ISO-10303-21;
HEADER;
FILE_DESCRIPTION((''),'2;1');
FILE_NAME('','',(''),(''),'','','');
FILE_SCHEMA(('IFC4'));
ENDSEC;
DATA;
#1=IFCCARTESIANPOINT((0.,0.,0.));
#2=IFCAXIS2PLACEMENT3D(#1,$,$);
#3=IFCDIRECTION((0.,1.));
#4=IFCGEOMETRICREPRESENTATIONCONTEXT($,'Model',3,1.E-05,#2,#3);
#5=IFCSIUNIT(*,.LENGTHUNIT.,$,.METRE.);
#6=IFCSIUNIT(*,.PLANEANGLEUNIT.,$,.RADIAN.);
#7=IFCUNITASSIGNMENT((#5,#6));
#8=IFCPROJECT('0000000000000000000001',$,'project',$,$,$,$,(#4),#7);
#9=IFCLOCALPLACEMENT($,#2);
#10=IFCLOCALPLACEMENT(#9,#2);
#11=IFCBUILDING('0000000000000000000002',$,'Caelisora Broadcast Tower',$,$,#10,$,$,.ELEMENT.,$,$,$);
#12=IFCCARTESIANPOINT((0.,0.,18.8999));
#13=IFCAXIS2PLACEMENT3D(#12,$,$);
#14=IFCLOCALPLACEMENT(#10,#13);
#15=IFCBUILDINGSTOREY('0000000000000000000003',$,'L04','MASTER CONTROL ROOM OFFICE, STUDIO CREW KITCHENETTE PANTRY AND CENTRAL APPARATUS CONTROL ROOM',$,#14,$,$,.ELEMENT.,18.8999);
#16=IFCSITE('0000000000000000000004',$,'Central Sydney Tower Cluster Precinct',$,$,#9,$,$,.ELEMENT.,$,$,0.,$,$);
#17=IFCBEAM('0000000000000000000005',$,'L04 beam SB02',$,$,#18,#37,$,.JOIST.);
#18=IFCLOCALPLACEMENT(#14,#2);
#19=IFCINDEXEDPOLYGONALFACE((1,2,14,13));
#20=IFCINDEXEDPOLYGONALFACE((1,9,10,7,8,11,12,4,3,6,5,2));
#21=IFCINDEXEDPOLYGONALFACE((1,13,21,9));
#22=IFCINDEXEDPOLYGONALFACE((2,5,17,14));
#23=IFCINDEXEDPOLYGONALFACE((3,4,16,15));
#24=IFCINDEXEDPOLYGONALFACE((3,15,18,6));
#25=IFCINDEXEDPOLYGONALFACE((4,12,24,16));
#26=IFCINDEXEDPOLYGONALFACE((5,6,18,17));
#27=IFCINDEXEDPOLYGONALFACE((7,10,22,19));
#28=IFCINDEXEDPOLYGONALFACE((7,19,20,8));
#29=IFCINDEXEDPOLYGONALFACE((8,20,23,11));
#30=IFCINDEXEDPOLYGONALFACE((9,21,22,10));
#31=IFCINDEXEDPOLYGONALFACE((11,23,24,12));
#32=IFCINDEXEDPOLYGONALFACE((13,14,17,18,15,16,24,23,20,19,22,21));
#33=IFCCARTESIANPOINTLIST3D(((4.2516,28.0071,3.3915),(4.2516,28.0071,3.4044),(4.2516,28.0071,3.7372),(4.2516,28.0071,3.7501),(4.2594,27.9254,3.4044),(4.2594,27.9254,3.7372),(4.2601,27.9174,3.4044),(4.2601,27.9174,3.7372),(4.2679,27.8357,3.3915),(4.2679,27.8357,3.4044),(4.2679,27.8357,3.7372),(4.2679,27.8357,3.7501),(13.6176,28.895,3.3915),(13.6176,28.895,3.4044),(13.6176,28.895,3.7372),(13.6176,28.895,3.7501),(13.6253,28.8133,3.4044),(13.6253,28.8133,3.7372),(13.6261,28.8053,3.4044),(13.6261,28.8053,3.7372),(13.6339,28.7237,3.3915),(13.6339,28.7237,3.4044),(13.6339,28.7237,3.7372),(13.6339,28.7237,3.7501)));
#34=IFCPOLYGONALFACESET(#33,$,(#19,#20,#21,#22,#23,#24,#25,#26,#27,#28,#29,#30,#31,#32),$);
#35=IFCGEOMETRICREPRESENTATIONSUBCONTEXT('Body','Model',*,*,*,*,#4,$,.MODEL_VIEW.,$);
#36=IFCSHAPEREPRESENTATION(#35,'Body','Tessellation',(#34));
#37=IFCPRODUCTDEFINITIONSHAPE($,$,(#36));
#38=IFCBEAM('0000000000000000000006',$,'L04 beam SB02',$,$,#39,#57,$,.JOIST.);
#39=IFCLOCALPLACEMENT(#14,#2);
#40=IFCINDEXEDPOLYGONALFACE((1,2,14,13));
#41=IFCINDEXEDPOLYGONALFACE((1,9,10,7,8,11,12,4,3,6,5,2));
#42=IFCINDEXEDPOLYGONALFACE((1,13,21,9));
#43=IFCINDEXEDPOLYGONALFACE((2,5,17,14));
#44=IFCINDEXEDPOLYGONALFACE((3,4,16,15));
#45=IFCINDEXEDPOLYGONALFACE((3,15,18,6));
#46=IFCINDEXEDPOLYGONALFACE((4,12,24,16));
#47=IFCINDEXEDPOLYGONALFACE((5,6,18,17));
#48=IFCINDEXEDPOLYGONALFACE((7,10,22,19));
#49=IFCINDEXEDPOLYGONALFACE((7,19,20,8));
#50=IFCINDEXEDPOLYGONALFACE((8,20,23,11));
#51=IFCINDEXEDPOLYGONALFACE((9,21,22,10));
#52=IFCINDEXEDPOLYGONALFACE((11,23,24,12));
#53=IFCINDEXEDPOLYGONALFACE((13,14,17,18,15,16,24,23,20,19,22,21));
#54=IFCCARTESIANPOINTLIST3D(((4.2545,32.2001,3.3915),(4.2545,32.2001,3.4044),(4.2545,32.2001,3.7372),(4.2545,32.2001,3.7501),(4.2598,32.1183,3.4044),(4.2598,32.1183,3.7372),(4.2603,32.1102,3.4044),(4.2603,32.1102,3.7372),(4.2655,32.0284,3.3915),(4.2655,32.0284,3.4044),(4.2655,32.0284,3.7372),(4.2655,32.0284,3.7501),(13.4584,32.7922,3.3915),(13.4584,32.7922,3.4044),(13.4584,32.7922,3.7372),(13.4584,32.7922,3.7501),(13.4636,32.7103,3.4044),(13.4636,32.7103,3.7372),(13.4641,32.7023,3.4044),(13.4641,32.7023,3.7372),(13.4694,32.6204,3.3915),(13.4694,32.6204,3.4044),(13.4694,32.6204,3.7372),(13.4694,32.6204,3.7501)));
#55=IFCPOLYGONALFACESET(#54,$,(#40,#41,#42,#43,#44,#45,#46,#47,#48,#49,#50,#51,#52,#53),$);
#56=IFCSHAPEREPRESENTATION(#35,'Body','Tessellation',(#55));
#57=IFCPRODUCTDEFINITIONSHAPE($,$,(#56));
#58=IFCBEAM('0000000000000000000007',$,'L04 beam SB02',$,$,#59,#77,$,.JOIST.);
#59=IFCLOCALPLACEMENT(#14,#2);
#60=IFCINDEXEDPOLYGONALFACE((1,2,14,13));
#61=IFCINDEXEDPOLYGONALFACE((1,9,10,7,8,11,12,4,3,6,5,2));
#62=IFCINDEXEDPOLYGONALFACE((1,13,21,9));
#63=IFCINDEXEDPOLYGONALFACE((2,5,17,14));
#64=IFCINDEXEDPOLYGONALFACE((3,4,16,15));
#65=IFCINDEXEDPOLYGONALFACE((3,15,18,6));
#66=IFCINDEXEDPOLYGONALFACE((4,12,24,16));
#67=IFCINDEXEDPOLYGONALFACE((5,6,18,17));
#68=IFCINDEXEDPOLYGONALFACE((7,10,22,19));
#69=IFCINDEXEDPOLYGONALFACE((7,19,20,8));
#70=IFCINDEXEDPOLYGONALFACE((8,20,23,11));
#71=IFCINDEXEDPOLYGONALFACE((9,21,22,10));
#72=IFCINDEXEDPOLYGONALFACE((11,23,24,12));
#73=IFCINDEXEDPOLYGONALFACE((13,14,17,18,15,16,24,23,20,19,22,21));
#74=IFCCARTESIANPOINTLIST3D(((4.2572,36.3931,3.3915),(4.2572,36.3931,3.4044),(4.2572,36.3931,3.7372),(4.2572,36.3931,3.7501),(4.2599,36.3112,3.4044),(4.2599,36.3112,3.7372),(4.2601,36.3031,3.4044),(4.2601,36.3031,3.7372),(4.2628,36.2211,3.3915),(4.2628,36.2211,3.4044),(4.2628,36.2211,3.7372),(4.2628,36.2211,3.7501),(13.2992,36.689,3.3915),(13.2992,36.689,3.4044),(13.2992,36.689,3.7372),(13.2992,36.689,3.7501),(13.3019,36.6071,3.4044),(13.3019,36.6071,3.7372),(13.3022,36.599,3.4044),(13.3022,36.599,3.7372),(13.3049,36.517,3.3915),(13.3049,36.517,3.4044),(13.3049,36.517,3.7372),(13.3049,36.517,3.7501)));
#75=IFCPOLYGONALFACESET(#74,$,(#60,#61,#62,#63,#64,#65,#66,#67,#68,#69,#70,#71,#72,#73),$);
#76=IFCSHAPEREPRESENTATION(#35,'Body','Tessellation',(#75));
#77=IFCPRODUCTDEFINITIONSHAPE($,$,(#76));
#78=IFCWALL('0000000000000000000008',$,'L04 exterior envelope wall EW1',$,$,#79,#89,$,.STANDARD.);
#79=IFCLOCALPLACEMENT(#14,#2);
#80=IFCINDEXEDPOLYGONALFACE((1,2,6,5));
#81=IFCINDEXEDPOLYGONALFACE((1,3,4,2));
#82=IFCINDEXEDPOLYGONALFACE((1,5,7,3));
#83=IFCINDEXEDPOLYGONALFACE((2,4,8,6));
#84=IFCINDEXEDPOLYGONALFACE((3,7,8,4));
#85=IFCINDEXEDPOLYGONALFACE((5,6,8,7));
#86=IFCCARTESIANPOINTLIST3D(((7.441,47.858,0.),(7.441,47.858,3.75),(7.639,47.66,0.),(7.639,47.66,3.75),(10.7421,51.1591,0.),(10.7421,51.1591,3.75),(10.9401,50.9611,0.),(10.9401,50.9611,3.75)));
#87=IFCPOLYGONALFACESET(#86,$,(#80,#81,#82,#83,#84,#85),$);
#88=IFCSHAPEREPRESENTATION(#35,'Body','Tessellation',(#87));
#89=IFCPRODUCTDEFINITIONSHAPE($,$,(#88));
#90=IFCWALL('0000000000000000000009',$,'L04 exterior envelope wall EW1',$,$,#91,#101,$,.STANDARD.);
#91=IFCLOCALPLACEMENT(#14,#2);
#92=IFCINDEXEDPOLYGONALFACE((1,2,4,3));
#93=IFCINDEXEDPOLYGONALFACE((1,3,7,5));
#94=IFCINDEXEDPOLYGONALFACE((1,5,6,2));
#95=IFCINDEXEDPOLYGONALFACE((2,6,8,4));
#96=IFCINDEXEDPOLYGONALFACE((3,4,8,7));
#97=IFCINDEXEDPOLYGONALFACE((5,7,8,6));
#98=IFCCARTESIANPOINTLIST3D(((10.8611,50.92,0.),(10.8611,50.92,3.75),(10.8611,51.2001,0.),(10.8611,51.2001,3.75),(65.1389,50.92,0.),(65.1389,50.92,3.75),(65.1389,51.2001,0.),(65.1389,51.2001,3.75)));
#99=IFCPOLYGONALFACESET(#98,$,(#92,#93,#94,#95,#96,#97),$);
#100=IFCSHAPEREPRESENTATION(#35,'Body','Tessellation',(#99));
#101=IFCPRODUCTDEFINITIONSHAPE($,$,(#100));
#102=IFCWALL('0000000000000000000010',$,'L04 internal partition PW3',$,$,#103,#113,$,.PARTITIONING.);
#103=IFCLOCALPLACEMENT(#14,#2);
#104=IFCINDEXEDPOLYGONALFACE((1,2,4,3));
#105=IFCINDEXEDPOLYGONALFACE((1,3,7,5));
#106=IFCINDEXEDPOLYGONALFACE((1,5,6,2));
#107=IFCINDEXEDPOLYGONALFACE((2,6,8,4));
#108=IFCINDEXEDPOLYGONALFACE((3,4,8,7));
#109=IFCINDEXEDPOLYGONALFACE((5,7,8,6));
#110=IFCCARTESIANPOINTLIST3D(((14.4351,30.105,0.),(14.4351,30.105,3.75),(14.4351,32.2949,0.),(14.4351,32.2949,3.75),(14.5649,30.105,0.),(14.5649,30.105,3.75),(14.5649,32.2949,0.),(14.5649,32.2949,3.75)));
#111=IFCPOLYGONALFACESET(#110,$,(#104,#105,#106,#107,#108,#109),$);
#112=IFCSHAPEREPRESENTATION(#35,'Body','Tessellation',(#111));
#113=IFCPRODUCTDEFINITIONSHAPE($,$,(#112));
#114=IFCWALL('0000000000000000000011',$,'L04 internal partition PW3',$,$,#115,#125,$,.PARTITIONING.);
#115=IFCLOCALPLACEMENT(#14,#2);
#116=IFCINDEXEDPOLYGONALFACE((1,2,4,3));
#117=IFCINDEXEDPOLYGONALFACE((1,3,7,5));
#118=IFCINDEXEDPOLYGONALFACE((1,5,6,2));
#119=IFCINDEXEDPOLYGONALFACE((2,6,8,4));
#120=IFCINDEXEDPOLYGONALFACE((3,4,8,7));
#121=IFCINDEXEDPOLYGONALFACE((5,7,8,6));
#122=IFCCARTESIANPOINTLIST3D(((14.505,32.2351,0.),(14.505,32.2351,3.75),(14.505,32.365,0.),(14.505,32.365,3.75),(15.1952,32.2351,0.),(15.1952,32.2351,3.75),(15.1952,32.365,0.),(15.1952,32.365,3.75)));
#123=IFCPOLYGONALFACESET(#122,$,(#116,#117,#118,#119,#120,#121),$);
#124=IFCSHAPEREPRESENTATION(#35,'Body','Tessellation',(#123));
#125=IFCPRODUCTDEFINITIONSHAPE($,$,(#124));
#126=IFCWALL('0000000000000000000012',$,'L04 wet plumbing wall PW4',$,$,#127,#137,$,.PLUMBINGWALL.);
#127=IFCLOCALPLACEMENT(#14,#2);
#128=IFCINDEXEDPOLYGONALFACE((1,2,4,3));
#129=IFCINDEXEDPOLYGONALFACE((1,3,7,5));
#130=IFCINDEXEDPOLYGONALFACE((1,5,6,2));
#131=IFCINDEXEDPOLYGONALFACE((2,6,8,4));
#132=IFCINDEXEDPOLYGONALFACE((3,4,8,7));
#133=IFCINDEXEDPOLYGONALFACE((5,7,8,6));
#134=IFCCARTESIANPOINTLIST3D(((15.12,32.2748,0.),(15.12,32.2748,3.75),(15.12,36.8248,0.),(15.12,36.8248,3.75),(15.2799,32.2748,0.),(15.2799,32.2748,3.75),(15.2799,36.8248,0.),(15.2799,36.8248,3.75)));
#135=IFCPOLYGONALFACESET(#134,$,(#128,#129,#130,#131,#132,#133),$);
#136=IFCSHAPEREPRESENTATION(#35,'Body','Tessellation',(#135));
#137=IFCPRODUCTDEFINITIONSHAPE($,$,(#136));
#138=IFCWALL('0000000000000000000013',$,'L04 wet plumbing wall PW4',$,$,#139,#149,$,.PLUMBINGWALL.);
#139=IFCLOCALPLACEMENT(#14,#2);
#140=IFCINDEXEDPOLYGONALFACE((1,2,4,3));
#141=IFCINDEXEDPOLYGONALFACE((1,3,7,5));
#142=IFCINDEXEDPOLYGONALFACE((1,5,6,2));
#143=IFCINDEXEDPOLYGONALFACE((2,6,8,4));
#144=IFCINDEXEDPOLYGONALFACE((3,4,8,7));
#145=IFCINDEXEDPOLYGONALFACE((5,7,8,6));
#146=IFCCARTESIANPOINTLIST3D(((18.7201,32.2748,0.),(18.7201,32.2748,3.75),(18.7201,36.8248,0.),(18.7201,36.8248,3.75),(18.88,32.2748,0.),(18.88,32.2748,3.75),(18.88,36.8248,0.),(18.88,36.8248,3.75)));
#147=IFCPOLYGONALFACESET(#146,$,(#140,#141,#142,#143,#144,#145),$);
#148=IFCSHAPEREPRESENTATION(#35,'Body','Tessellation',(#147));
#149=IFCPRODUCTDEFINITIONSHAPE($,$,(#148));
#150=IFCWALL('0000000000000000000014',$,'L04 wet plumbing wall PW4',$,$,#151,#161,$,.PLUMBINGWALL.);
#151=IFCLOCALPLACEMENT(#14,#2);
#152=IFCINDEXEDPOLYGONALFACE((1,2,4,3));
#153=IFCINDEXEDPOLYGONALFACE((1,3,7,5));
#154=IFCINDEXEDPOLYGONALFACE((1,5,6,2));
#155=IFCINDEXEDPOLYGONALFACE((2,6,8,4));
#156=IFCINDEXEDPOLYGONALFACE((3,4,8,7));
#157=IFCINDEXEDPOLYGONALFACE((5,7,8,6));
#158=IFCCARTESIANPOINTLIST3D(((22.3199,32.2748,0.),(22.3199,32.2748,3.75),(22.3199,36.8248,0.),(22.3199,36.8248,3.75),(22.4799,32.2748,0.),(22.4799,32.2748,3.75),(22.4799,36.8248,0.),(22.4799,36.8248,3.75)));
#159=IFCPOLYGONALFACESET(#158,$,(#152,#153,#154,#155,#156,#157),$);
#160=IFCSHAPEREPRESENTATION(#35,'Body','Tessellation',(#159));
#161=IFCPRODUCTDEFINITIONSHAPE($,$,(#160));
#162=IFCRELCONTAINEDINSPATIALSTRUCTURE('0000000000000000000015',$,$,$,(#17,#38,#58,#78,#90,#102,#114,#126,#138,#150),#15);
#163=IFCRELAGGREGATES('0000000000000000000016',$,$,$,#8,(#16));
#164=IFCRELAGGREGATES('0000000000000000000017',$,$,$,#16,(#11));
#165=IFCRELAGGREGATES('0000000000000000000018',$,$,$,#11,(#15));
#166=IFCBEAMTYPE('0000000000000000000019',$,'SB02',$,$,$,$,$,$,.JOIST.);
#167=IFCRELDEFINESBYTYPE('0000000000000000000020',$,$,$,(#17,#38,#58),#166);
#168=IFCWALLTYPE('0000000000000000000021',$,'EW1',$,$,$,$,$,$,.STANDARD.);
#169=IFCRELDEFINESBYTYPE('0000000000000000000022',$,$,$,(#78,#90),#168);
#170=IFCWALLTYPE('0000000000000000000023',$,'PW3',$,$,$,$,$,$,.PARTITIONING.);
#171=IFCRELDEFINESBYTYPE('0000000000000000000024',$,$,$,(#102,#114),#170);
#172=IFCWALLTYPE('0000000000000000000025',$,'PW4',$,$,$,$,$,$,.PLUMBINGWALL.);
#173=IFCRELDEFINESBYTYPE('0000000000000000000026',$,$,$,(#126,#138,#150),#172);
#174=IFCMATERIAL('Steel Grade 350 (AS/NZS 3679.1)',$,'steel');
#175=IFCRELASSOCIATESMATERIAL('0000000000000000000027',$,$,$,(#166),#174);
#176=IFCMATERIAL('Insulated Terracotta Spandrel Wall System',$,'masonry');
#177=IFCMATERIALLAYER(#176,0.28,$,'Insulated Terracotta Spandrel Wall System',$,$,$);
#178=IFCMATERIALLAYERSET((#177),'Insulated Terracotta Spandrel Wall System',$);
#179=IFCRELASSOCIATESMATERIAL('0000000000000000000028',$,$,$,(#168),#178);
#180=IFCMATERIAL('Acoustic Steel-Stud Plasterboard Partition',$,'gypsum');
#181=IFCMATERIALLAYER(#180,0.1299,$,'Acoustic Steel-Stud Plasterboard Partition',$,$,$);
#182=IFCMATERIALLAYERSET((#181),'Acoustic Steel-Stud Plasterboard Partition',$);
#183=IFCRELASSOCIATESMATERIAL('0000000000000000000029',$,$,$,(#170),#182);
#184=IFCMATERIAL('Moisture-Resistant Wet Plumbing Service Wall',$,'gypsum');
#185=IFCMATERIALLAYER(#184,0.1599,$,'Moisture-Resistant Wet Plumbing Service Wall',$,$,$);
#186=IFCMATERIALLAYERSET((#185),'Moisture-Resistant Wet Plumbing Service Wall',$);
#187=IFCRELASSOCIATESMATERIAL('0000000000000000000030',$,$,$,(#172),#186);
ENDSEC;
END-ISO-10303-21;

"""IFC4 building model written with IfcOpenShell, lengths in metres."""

from ifc_helpers import new_model, si_unit, direction, frame, frame_2d, origin, origin_2d, place, context, subcontext, project, spatial, rectangle, i_section, extrude, source, transform, mapped, material, layer, layer_set, material_profile, profile_set, type_object, element, save


model = new_model("IFC4")

# Units and contexts
model_context = context("Model", 3, precision=1e-05, world=origin(), true_north=direction((0.0, 1.0)))
body_context = subcontext(model_context, "Body", "Model", "MODEL_VIEW")
ifc_project = project(units=[si_unit("LENGTHUNIT", "METRE"), si_unit("PLANEANGLEUNIT", "RADIAN")], contexts=[model_context])

# Site, building, storey
site_placement = place(None, origin())
site = spatial("IfcSite", under=ifc_project, at=site_placement, Name="Central Sydney Tower Cluster Precinct", CompositionType="ELEMENT", RefElevation=0.0)
building_placement = place(site_placement, origin())
building = spatial("IfcBuilding", under=site, at=building_placement, Name="Caelisora Broadcast Tower", CompositionType="ELEMENT")
storey_placement = place(building_placement, frame((0.0, 0.0, 18.8999)))
storey = spatial("IfcBuildingStorey", under=building, at=storey_placement, Name="L04", Description="MASTER CONTROL ROOM OFFICE, STUDIO CREW KITCHENETTE PANTRY AND CENTRAL APPARATUS CONTROL ROOM", CompositionType="ELEMENT", Elevation=18.8999)

# Beams
ifc_material_1 = material(Name="Steel Grade 350 (AS/NZS 3679.1)", Category="steel")
ifc_material_profile_1 = material_profile(ifc_material_1, i_section(OverallWidth=0.1721, OverallDepth=0.3586, WebThickness=0.0081, FlangeThickness=0.0129, at=origin_2d()), Name="Steel Grade 350 (AS/NZS 3679.1)")
ifc_profile_set_1 = profile_set([ifc_material_profile_1], Name="Steel Grade 350 (AS/NZS 3679.1)")
beam_type_1 = type_object("IfcBeamType", Name="SB02", PredefinedType="JOIST", material=ifc_profile_set_1)
shared_shape_1 = source(origin(), body_context, "Body", "SweptSolid", [
    extrude(i_section(OverallWidth=0.1721, OverallDepth=0.3586, WebThickness=0.0081, FlangeThickness=0.0129, at=origin_2d()), origin(), (0.0, 0.0, 1.0), 9.408),
])
beam_1_placement = place(storey_placement, frame((4.2598, 27.9214, 3.5708), z_axis=(0.995536, 0.094382, 0.0), x_axis=(-0.094382, 0.995536, 0.0)))
element("IfcBeam", 1, at=beam_1_placement, inside=storey, type_object=beam_type_1, Name="L04 beam SB02", PredefinedType="JOIST", context=body_context, shape_type="MappedRepresentation", body=[
    mapped(shared_shape_1, transform((0.0, 0.0, 0.0), scale=1.0)),
])
shared_shape_2 = source(origin(), body_context, "Body", "SweptSolid", [
    extrude(i_section(OverallWidth=0.1721, OverallDepth=0.3586, WebThickness=0.0081, FlangeThickness=0.0129, at=origin_2d()), origin(), (0.0, 0.0, 1.0), 9.2229),
])
beam_2_placement = place(storey_placement, frame((4.26, 32.1143, 3.5708), z_axis=(0.997938, 0.064193, 0.0), x_axis=(-0.064193, 0.997938, 0.0)))
element("IfcBeam", 2, at=beam_2_placement, inside=storey, type_object=beam_type_1, Name="L04 beam SB02", PredefinedType="JOIST", context=body_context, shape_type="MappedRepresentation", body=[
    mapped(shared_shape_2, transform((0.0, 0.0, 0.0), scale=1.0)),
])
shared_shape_3 = source(origin(), body_context, "Body", "SweptSolid", [
    extrude(i_section(OverallWidth=0.1721, OverallDepth=0.3586, WebThickness=0.0081, FlangeThickness=0.0129, at=origin_2d()), origin(), (0.0, 0.0, 1.0), 9.0469),
])
beam_3_placement = place(storey_placement, frame((4.26, 36.3071, 3.5708), z_axis=(0.999465, 0.032707, 0.0), x_axis=(-0.032707, 0.999465, 0.0)))
element("IfcBeam", 3, at=beam_3_placement, inside=storey, type_object=beam_type_1, Name="L04 beam SB02", PredefinedType="JOIST", context=body_context, shape_type="MappedRepresentation", body=[
    mapped(shared_shape_3, transform((0.0, 0.0, 0.0), scale=1.0)),
])

# Walls
ifc_material_2 = material(Name="Insulated Terracotta Spandrel Wall System", Category="masonry")
ifc_layer_1 = layer(ifc_material_2, 0.28, Name="Insulated Terracotta Spandrel Wall System")
ifc_layer_set_1 = layer_set([ifc_layer_1], Name="Insulated Terracotta Spandrel Wall System")
wall_type_1 = type_object("IfcWallType", Name="EW1", PredefinedType="STANDARD", material=ifc_layer_set_1)
wall_1_placement = place(storey_placement, frame((7.54, 47.759, 0.0), z_axis=(0.0, 0.0, 1.0), x_axis=(0.707107, 0.707107, 0.0)))
element("IfcWall", 4, at=wall_1_placement, inside=storey, type_object=wall_type_1, Name="L04 exterior envelope wall EW1", PredefinedType="STANDARD", context=body_context, shape_type="SweptSolid", body=[
    extrude(rectangle(XDim=4.6685, YDim=0.28, at=frame_2d((2.3342, 0.0))), origin(), (0.0, 0.0, 1.0), 3.75),
])
wall_2_placement = place(storey_placement, frame((10.8611, 51.0601, 0.0), z_axis=(0.0, 0.0, 1.0), x_axis=(1.0, 0.0, 0.0)))
element("IfcWall", 5, at=wall_2_placement, inside=storey, type_object=wall_type_1, Name="L04 exterior envelope wall EW1", PredefinedType="STANDARD", context=body_context, shape_type="SweptSolid", body=[
    extrude(rectangle(XDim=54.2778, YDim=0.28, at=frame_2d((27.1389, 0.0))), origin(), (0.0, 0.0, 1.0), 3.75),
])
ifc_material_3 = material(Name="Acoustic Steel-Stud Plasterboard Partition", Category="gypsum")
ifc_layer_2 = layer(ifc_material_3, 0.1299, Name="Acoustic Steel-Stud Plasterboard Partition")
ifc_layer_set_2 = layer_set([ifc_layer_2], Name="Acoustic Steel-Stud Plasterboard Partition")
wall_type_2 = type_object("IfcWallType", Name="PW3", PredefinedType="PARTITIONING", material=ifc_layer_set_2)
wall_3_placement = place(storey_placement, frame((14.5, 30.105, 0.0), z_axis=(0.0, 0.0, 1.0), x_axis=(0.0, 1.0, 0.0)))
element("IfcWall", 6, at=wall_3_placement, inside=storey, type_object=wall_type_2, Name="L04 internal partition PW3", PredefinedType="PARTITIONING", context=body_context, shape_type="SweptSolid", body=[
    extrude(rectangle(XDim=2.1899, YDim=0.1299, at=frame_2d((1.095, 0.0))), origin(), (0.0, 0.0, 1.0), 3.75),
])
wall_4_placement = place(storey_placement, frame((14.5049, 32.3, 0.0), z_axis=(0.0, 0.0, 1.0), x_axis=(1.0, 0.0, 0.0)))
element("IfcWall", 7, at=wall_4_placement, inside=storey, type_object=wall_type_2, Name="L04 internal partition PW3", PredefinedType="PARTITIONING", context=body_context, shape_type="SweptSolid", body=[
    extrude(rectangle(XDim=0.6902, YDim=0.1299, at=frame_2d((0.3452, 0.0))), origin(), (0.0, 0.0, 1.0), 3.75),
])
ifc_material_4 = material(Name="Moisture-Resistant Wet Plumbing Service Wall", Category="gypsum")
ifc_layer_3 = layer(ifc_material_4, 0.1599, Name="Moisture-Resistant Wet Plumbing Service Wall")
ifc_layer_set_3 = layer_set([ifc_layer_3], Name="Moisture-Resistant Wet Plumbing Service Wall")
wall_type_3 = type_object("IfcWallType", Name="PW4", PredefinedType="PLUMBINGWALL", material=ifc_layer_set_3)
for number, where, z_axis, x_axis, name in (
    (8, (15.2, 32.2749, 0.0), (0.0, 0.0, 1.0), (0.0, 1.0, 0.0), "L04 wet plumbing wall PW4"),
    (9, (18.8, 32.2749, 0.0), (0.0, 0.0, 1.0), (0.0, 1.0, 0.0), "L04 wet plumbing wall PW4"),
    (10, (22.3999, 32.2749, 0.0), (0.0, 0.0, 1.0), (0.0, 1.0, 0.0), "L04 wet plumbing wall PW4"),
):
    element("IfcWall", number, at=place(storey_placement, frame(where, z_axis=z_axis, x_axis=x_axis)), inside=storey, type_object=wall_type_3, Name=name, PredefinedType="PLUMBINGWALL", context=body_context, shape_type="SweptSolid", body=[
        extrude(rectangle(XDim=4.55, YDim=0.1599, at=frame_2d((2.2749, 0.0))), origin(), (0.0, 0.0, 1.0), 3.75),
    ])

save(model, "model.ifc")
